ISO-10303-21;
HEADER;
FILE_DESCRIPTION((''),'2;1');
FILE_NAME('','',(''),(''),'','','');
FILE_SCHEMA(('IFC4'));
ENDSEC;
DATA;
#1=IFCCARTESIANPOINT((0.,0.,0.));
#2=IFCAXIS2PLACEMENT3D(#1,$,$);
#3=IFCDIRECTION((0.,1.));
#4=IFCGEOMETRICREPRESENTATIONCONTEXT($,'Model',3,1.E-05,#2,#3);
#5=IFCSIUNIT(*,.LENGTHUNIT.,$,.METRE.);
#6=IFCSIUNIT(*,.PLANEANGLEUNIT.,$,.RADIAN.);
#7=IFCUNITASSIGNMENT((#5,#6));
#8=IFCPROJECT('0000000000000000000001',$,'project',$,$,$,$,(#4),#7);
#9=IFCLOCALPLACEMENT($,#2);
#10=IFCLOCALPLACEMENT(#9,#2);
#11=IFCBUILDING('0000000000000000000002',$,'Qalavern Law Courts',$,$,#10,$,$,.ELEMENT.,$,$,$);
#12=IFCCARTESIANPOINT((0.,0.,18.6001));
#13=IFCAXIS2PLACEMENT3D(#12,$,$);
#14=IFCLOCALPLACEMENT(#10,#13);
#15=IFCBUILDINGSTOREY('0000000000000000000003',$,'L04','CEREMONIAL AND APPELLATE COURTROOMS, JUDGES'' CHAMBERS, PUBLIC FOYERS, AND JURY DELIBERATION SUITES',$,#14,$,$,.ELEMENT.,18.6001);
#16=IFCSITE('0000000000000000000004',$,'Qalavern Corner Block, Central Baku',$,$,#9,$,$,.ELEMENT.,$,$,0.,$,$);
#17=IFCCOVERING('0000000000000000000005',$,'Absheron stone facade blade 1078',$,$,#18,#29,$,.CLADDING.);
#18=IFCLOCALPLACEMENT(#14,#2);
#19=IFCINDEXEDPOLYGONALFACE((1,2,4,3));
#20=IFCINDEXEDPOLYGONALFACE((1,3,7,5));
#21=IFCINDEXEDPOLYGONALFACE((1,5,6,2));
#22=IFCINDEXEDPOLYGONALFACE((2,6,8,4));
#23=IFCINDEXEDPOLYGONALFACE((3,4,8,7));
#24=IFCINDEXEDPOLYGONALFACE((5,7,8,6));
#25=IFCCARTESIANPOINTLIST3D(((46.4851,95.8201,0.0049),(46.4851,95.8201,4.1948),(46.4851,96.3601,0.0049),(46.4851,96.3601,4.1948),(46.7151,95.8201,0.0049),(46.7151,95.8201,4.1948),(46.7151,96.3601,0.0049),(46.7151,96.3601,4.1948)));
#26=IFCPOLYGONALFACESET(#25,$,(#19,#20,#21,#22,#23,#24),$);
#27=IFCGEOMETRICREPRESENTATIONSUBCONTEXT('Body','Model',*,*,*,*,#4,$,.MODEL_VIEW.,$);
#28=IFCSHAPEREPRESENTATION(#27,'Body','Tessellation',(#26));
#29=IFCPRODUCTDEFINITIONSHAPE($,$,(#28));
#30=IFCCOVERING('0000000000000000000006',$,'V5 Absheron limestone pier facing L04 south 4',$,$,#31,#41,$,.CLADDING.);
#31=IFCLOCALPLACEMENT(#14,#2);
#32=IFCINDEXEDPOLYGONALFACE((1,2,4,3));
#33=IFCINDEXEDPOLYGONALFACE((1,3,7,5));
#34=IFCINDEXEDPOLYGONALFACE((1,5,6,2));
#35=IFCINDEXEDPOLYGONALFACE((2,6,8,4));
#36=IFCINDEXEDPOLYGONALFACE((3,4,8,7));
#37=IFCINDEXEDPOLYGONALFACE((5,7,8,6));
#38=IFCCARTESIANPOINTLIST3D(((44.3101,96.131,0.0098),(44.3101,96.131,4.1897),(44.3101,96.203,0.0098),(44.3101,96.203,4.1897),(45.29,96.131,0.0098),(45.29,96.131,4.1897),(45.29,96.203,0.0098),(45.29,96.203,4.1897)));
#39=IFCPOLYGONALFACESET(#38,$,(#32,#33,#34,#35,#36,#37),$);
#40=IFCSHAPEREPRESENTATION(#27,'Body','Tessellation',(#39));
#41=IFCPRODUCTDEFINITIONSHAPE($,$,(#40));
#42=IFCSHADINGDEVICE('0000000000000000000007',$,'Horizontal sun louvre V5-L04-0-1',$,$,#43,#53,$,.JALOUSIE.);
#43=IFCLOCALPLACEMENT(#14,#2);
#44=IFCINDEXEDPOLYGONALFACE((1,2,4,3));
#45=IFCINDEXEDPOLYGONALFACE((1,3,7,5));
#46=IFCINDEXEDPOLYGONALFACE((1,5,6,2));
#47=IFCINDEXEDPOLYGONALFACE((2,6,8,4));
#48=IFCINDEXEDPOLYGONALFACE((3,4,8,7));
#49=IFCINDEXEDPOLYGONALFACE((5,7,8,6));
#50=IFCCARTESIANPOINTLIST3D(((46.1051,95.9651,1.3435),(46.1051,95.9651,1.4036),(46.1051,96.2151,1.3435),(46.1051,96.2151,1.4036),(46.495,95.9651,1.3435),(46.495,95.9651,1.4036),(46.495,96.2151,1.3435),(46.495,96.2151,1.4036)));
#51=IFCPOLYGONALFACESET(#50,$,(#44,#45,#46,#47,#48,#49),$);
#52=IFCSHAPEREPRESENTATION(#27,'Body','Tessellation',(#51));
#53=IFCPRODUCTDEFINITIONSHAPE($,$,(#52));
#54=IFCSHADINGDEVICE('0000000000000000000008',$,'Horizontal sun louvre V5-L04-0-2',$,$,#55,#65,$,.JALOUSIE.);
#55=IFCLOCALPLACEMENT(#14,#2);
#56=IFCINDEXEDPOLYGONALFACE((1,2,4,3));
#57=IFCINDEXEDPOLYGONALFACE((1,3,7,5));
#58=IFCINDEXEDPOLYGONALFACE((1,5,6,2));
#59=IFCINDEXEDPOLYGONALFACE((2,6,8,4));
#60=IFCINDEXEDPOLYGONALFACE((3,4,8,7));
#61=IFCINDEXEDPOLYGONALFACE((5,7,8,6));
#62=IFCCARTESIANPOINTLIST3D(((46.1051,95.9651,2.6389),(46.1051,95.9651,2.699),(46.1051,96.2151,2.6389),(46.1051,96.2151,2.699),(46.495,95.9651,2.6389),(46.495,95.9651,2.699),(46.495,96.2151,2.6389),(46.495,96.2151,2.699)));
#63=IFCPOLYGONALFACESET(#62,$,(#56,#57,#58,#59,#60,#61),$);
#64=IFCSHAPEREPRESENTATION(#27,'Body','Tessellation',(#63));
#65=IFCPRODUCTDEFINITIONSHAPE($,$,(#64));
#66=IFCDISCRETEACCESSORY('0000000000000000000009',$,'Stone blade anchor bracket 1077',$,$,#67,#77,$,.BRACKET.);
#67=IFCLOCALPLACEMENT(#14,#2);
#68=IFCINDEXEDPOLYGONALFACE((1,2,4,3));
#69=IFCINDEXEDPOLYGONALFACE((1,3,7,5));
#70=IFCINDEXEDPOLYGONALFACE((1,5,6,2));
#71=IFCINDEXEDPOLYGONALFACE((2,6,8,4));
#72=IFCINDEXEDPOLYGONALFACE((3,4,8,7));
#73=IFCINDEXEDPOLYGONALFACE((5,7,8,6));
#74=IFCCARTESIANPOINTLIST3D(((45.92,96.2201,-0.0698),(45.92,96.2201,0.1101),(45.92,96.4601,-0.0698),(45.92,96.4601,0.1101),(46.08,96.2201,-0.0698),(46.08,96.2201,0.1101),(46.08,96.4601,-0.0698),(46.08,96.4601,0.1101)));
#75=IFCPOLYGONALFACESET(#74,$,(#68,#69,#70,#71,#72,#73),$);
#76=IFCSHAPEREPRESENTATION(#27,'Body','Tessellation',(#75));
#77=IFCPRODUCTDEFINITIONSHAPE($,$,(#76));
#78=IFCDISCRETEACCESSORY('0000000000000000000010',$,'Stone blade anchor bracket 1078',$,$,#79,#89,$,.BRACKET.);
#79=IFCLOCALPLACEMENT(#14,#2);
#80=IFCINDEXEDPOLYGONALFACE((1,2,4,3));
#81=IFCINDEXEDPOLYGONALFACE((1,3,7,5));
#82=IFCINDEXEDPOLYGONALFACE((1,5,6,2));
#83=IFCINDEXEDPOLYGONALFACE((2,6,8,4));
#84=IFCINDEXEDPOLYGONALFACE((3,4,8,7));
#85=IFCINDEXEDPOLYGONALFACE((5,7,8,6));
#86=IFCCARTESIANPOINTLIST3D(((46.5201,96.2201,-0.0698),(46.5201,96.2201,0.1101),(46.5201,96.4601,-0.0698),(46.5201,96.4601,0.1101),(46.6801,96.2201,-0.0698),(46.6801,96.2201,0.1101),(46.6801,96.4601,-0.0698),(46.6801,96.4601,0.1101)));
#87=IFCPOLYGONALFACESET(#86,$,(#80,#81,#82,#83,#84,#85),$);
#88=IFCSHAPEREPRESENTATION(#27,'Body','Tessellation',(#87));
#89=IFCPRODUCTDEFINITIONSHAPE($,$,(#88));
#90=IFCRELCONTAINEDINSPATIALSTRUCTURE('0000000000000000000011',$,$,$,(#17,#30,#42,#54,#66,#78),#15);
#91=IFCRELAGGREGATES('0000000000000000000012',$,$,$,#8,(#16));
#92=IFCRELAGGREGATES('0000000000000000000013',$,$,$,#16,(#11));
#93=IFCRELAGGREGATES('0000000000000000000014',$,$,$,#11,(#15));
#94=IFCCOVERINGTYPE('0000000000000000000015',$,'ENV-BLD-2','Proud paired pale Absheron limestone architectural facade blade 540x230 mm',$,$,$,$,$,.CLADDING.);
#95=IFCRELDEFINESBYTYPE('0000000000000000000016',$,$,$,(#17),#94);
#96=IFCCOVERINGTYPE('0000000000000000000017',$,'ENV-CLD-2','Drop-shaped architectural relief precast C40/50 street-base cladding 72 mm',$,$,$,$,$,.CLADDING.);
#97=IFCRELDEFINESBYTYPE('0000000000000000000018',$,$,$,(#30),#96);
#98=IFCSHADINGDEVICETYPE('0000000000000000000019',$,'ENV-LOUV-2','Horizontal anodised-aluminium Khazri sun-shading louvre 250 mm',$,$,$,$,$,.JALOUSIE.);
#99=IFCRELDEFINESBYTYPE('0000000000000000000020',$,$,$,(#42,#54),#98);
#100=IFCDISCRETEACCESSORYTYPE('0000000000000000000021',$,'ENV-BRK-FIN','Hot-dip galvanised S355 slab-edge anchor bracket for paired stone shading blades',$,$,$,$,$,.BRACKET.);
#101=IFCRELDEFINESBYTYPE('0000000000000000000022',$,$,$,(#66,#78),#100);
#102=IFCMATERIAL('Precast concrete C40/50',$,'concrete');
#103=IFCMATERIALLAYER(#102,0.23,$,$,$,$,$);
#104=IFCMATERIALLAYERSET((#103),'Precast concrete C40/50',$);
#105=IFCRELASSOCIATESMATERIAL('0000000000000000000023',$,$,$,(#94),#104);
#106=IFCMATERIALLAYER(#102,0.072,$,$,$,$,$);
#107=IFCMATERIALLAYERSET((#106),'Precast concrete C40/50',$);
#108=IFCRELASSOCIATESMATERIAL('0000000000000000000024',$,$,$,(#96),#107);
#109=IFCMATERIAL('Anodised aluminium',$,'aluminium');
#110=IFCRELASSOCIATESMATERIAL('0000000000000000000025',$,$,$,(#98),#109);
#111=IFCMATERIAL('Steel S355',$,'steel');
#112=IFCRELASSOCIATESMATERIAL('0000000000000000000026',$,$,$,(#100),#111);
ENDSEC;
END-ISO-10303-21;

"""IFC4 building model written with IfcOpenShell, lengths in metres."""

from ifc_helpers import new_model, si_unit, direction, frame, origin, origin_2d, place, context, subcontext, project, spatial, rectangle, extrude, material, layer, layer_set, type_object, element, save


model = new_model("IFC4")

# Units and contexts
model_context = context("Model", 3, precision=1e-05, world=origin(), true_north=direction((0.0, 1.0)))
body_context = subcontext(model_context, "Body", "Model", "MODEL_VIEW")
ifc_project = project(units=[si_unit("LENGTHUNIT", "METRE"), si_unit("PLANEANGLEUNIT", "RADIAN")], contexts=[model_context])

# Site, building, storey
site_placement = place(None, origin())
site = spatial("IfcSite", under=ifc_project, at=site_placement, Name="Qalavern Corner Block, Central Baku", CompositionType="ELEMENT", RefElevation=0.0)
building_placement = place(site_placement, origin())
building = spatial("IfcBuilding", under=site, at=building_placement, Name="Qalavern Law Courts", CompositionType="ELEMENT")
storey_placement = place(building_placement, frame((0.0, 0.0, 18.6001)))
storey = spatial("IfcBuildingStorey", under=building, at=storey_placement, Name="L04", Description="CEREMONIAL AND APPELLATE COURTROOMS, JUDGES' CHAMBERS, PUBLIC FOYERS, AND JURY DELIBERATION SUITES", CompositionType="ELEMENT", Elevation=18.6001)

# Shared definitions
ifc_material_1 = material(Name="Anodised aluminium", Category="aluminium")

# Shared definitions
ifc_material_2 = material(Name="Steel S355", Category="steel")

# Coverings
ifc_material_3 = material(Name="Precast concrete C40/50", Category="concrete")
ifc_layer_1 = layer(ifc_material_3, 0.23)
ifc_layer_set_1 = layer_set([ifc_layer_1], Name="Precast concrete C40/50")
covering_type_1 = type_object("IfcCoveringType", Name="ENV-BLD-2", Description="Proud paired pale Absheron limestone architectural facade blade 540x230 mm", PredefinedType="CLADDING", material=ifc_layer_set_1)
for number, where, z_axis, x_axis, name in (
    (1, (46.6001, 96.0901, 0.0049), (0.0, 0.0, 1.0), (0.0, -1.0, 0.0), "Absheron stone facade blade 1078"),
):
    element("IfcCovering", number, at=place(storey_placement, frame(where, z_axis=z_axis, x_axis=x_axis)), inside=storey, type_object=covering_type_1, Name=name, PredefinedType="CLADDING", context=body_context, shape_type="SweptSolid", body=[
        extrude(rectangle(XDim=0.54, YDim=0.23, at=origin_2d()), origin(), (0.0, 0.0, 1.0), 4.1899),
    ])
ifc_layer_2 = layer(ifc_material_3, 0.072)
ifc_layer_set_2 = layer_set([ifc_layer_2], Name="Precast concrete C40/50")
covering_type_2 = type_object("IfcCoveringType", Name="ENV-CLD-2", Description="Drop-shaped architectural relief precast C40/50 street-base cladding 72 mm", PredefinedType="CLADDING", material=ifc_layer_set_2)
covering_placement = place(storey_placement, frame((44.8, 96.167, 0.0098), z_axis=(0.0, 0.0, 1.0), x_axis=(1.0, 0.0, 0.0)))
element("IfcCovering", 2, at=covering_placement, inside=storey, type_object=covering_type_2, Name="V5 Absheron limestone pier facing L04 south 4", PredefinedType="CLADDING", context=body_context, shape_type="SweptSolid", body=[
    extrude(rectangle(XDim=0.98, YDim=0.072, at=origin_2d()), origin(), (0.0, 0.0, 1.0), 4.1799),
])

# Shading devices
shading_device_type = type_object("IfcShadingDeviceType", Name="ENV-LOUV-2", Description="Horizontal anodised-aluminium Khazri sun-shading louvre 250 mm", PredefinedType="JALOUSIE", material=ifc_material_1)
for number, where, z_axis, x_axis, name in (
    (3, (46.3, 96.0901, 1.3435), (0.0, 0.0, 1.0), (1.0, 0.0, 0.0), "Horizontal sun louvre V5-L04-0-1"),
    (4, (46.3, 96.0901, 2.6389), (0.0, 0.0, 1.0), (1.0, 0.0, 0.0), "Horizontal sun louvre V5-L04-0-2"),
):
    element("IfcShadingDevice", number, at=place(storey_placement, frame(where, z_axis=z_axis, x_axis=x_axis)), inside=storey, type_object=shading_device_type, Name=name, PredefinedType="JALOUSIE", context=body_context, shape_type="SweptSolid", body=[
        extrude(rectangle(XDim=0.3899, YDim=0.25, at=origin_2d()), origin(), (0.0, 0.0, 1.0), 0.0601),
    ])

# Discrete accessories
discrete_accessory_type = type_object("IfcDiscreteAccessoryType", Name="ENV-BRK-FIN", Description="Hot-dip galvanised S355 slab-edge anchor bracket for paired stone shading blades", PredefinedType="BRACKET", material=ifc_material_2)
for number, where, z_axis, x_axis, name in (
    (5, (46.0, 96.3401, -0.0698), (0.0, 0.0, 1.0), (0.0, -1.0, 0.0), "Stone blade anchor bracket 1077"),
    (6, (46.6001, 96.3401, -0.0698), (0.0, 0.0, 1.0), (0.0, -1.0, 0.0), "Stone blade anchor bracket 1078"),
):
    element("IfcDiscreteAccessory", number, at=place(storey_placement, frame(where, z_axis=z_axis, x_axis=x_axis)), inside=storey, type_object=discrete_accessory_type, Name=name, PredefinedType="BRACKET", context=body_context, shape_type="SweptSolid", body=[
        extrude(rectangle(XDim=0.24, YDim=0.1599, at=origin_2d()), origin(), (0.0, 0.0, 1.0), 0.1799),
    ])

save(model, "model.ifc")
